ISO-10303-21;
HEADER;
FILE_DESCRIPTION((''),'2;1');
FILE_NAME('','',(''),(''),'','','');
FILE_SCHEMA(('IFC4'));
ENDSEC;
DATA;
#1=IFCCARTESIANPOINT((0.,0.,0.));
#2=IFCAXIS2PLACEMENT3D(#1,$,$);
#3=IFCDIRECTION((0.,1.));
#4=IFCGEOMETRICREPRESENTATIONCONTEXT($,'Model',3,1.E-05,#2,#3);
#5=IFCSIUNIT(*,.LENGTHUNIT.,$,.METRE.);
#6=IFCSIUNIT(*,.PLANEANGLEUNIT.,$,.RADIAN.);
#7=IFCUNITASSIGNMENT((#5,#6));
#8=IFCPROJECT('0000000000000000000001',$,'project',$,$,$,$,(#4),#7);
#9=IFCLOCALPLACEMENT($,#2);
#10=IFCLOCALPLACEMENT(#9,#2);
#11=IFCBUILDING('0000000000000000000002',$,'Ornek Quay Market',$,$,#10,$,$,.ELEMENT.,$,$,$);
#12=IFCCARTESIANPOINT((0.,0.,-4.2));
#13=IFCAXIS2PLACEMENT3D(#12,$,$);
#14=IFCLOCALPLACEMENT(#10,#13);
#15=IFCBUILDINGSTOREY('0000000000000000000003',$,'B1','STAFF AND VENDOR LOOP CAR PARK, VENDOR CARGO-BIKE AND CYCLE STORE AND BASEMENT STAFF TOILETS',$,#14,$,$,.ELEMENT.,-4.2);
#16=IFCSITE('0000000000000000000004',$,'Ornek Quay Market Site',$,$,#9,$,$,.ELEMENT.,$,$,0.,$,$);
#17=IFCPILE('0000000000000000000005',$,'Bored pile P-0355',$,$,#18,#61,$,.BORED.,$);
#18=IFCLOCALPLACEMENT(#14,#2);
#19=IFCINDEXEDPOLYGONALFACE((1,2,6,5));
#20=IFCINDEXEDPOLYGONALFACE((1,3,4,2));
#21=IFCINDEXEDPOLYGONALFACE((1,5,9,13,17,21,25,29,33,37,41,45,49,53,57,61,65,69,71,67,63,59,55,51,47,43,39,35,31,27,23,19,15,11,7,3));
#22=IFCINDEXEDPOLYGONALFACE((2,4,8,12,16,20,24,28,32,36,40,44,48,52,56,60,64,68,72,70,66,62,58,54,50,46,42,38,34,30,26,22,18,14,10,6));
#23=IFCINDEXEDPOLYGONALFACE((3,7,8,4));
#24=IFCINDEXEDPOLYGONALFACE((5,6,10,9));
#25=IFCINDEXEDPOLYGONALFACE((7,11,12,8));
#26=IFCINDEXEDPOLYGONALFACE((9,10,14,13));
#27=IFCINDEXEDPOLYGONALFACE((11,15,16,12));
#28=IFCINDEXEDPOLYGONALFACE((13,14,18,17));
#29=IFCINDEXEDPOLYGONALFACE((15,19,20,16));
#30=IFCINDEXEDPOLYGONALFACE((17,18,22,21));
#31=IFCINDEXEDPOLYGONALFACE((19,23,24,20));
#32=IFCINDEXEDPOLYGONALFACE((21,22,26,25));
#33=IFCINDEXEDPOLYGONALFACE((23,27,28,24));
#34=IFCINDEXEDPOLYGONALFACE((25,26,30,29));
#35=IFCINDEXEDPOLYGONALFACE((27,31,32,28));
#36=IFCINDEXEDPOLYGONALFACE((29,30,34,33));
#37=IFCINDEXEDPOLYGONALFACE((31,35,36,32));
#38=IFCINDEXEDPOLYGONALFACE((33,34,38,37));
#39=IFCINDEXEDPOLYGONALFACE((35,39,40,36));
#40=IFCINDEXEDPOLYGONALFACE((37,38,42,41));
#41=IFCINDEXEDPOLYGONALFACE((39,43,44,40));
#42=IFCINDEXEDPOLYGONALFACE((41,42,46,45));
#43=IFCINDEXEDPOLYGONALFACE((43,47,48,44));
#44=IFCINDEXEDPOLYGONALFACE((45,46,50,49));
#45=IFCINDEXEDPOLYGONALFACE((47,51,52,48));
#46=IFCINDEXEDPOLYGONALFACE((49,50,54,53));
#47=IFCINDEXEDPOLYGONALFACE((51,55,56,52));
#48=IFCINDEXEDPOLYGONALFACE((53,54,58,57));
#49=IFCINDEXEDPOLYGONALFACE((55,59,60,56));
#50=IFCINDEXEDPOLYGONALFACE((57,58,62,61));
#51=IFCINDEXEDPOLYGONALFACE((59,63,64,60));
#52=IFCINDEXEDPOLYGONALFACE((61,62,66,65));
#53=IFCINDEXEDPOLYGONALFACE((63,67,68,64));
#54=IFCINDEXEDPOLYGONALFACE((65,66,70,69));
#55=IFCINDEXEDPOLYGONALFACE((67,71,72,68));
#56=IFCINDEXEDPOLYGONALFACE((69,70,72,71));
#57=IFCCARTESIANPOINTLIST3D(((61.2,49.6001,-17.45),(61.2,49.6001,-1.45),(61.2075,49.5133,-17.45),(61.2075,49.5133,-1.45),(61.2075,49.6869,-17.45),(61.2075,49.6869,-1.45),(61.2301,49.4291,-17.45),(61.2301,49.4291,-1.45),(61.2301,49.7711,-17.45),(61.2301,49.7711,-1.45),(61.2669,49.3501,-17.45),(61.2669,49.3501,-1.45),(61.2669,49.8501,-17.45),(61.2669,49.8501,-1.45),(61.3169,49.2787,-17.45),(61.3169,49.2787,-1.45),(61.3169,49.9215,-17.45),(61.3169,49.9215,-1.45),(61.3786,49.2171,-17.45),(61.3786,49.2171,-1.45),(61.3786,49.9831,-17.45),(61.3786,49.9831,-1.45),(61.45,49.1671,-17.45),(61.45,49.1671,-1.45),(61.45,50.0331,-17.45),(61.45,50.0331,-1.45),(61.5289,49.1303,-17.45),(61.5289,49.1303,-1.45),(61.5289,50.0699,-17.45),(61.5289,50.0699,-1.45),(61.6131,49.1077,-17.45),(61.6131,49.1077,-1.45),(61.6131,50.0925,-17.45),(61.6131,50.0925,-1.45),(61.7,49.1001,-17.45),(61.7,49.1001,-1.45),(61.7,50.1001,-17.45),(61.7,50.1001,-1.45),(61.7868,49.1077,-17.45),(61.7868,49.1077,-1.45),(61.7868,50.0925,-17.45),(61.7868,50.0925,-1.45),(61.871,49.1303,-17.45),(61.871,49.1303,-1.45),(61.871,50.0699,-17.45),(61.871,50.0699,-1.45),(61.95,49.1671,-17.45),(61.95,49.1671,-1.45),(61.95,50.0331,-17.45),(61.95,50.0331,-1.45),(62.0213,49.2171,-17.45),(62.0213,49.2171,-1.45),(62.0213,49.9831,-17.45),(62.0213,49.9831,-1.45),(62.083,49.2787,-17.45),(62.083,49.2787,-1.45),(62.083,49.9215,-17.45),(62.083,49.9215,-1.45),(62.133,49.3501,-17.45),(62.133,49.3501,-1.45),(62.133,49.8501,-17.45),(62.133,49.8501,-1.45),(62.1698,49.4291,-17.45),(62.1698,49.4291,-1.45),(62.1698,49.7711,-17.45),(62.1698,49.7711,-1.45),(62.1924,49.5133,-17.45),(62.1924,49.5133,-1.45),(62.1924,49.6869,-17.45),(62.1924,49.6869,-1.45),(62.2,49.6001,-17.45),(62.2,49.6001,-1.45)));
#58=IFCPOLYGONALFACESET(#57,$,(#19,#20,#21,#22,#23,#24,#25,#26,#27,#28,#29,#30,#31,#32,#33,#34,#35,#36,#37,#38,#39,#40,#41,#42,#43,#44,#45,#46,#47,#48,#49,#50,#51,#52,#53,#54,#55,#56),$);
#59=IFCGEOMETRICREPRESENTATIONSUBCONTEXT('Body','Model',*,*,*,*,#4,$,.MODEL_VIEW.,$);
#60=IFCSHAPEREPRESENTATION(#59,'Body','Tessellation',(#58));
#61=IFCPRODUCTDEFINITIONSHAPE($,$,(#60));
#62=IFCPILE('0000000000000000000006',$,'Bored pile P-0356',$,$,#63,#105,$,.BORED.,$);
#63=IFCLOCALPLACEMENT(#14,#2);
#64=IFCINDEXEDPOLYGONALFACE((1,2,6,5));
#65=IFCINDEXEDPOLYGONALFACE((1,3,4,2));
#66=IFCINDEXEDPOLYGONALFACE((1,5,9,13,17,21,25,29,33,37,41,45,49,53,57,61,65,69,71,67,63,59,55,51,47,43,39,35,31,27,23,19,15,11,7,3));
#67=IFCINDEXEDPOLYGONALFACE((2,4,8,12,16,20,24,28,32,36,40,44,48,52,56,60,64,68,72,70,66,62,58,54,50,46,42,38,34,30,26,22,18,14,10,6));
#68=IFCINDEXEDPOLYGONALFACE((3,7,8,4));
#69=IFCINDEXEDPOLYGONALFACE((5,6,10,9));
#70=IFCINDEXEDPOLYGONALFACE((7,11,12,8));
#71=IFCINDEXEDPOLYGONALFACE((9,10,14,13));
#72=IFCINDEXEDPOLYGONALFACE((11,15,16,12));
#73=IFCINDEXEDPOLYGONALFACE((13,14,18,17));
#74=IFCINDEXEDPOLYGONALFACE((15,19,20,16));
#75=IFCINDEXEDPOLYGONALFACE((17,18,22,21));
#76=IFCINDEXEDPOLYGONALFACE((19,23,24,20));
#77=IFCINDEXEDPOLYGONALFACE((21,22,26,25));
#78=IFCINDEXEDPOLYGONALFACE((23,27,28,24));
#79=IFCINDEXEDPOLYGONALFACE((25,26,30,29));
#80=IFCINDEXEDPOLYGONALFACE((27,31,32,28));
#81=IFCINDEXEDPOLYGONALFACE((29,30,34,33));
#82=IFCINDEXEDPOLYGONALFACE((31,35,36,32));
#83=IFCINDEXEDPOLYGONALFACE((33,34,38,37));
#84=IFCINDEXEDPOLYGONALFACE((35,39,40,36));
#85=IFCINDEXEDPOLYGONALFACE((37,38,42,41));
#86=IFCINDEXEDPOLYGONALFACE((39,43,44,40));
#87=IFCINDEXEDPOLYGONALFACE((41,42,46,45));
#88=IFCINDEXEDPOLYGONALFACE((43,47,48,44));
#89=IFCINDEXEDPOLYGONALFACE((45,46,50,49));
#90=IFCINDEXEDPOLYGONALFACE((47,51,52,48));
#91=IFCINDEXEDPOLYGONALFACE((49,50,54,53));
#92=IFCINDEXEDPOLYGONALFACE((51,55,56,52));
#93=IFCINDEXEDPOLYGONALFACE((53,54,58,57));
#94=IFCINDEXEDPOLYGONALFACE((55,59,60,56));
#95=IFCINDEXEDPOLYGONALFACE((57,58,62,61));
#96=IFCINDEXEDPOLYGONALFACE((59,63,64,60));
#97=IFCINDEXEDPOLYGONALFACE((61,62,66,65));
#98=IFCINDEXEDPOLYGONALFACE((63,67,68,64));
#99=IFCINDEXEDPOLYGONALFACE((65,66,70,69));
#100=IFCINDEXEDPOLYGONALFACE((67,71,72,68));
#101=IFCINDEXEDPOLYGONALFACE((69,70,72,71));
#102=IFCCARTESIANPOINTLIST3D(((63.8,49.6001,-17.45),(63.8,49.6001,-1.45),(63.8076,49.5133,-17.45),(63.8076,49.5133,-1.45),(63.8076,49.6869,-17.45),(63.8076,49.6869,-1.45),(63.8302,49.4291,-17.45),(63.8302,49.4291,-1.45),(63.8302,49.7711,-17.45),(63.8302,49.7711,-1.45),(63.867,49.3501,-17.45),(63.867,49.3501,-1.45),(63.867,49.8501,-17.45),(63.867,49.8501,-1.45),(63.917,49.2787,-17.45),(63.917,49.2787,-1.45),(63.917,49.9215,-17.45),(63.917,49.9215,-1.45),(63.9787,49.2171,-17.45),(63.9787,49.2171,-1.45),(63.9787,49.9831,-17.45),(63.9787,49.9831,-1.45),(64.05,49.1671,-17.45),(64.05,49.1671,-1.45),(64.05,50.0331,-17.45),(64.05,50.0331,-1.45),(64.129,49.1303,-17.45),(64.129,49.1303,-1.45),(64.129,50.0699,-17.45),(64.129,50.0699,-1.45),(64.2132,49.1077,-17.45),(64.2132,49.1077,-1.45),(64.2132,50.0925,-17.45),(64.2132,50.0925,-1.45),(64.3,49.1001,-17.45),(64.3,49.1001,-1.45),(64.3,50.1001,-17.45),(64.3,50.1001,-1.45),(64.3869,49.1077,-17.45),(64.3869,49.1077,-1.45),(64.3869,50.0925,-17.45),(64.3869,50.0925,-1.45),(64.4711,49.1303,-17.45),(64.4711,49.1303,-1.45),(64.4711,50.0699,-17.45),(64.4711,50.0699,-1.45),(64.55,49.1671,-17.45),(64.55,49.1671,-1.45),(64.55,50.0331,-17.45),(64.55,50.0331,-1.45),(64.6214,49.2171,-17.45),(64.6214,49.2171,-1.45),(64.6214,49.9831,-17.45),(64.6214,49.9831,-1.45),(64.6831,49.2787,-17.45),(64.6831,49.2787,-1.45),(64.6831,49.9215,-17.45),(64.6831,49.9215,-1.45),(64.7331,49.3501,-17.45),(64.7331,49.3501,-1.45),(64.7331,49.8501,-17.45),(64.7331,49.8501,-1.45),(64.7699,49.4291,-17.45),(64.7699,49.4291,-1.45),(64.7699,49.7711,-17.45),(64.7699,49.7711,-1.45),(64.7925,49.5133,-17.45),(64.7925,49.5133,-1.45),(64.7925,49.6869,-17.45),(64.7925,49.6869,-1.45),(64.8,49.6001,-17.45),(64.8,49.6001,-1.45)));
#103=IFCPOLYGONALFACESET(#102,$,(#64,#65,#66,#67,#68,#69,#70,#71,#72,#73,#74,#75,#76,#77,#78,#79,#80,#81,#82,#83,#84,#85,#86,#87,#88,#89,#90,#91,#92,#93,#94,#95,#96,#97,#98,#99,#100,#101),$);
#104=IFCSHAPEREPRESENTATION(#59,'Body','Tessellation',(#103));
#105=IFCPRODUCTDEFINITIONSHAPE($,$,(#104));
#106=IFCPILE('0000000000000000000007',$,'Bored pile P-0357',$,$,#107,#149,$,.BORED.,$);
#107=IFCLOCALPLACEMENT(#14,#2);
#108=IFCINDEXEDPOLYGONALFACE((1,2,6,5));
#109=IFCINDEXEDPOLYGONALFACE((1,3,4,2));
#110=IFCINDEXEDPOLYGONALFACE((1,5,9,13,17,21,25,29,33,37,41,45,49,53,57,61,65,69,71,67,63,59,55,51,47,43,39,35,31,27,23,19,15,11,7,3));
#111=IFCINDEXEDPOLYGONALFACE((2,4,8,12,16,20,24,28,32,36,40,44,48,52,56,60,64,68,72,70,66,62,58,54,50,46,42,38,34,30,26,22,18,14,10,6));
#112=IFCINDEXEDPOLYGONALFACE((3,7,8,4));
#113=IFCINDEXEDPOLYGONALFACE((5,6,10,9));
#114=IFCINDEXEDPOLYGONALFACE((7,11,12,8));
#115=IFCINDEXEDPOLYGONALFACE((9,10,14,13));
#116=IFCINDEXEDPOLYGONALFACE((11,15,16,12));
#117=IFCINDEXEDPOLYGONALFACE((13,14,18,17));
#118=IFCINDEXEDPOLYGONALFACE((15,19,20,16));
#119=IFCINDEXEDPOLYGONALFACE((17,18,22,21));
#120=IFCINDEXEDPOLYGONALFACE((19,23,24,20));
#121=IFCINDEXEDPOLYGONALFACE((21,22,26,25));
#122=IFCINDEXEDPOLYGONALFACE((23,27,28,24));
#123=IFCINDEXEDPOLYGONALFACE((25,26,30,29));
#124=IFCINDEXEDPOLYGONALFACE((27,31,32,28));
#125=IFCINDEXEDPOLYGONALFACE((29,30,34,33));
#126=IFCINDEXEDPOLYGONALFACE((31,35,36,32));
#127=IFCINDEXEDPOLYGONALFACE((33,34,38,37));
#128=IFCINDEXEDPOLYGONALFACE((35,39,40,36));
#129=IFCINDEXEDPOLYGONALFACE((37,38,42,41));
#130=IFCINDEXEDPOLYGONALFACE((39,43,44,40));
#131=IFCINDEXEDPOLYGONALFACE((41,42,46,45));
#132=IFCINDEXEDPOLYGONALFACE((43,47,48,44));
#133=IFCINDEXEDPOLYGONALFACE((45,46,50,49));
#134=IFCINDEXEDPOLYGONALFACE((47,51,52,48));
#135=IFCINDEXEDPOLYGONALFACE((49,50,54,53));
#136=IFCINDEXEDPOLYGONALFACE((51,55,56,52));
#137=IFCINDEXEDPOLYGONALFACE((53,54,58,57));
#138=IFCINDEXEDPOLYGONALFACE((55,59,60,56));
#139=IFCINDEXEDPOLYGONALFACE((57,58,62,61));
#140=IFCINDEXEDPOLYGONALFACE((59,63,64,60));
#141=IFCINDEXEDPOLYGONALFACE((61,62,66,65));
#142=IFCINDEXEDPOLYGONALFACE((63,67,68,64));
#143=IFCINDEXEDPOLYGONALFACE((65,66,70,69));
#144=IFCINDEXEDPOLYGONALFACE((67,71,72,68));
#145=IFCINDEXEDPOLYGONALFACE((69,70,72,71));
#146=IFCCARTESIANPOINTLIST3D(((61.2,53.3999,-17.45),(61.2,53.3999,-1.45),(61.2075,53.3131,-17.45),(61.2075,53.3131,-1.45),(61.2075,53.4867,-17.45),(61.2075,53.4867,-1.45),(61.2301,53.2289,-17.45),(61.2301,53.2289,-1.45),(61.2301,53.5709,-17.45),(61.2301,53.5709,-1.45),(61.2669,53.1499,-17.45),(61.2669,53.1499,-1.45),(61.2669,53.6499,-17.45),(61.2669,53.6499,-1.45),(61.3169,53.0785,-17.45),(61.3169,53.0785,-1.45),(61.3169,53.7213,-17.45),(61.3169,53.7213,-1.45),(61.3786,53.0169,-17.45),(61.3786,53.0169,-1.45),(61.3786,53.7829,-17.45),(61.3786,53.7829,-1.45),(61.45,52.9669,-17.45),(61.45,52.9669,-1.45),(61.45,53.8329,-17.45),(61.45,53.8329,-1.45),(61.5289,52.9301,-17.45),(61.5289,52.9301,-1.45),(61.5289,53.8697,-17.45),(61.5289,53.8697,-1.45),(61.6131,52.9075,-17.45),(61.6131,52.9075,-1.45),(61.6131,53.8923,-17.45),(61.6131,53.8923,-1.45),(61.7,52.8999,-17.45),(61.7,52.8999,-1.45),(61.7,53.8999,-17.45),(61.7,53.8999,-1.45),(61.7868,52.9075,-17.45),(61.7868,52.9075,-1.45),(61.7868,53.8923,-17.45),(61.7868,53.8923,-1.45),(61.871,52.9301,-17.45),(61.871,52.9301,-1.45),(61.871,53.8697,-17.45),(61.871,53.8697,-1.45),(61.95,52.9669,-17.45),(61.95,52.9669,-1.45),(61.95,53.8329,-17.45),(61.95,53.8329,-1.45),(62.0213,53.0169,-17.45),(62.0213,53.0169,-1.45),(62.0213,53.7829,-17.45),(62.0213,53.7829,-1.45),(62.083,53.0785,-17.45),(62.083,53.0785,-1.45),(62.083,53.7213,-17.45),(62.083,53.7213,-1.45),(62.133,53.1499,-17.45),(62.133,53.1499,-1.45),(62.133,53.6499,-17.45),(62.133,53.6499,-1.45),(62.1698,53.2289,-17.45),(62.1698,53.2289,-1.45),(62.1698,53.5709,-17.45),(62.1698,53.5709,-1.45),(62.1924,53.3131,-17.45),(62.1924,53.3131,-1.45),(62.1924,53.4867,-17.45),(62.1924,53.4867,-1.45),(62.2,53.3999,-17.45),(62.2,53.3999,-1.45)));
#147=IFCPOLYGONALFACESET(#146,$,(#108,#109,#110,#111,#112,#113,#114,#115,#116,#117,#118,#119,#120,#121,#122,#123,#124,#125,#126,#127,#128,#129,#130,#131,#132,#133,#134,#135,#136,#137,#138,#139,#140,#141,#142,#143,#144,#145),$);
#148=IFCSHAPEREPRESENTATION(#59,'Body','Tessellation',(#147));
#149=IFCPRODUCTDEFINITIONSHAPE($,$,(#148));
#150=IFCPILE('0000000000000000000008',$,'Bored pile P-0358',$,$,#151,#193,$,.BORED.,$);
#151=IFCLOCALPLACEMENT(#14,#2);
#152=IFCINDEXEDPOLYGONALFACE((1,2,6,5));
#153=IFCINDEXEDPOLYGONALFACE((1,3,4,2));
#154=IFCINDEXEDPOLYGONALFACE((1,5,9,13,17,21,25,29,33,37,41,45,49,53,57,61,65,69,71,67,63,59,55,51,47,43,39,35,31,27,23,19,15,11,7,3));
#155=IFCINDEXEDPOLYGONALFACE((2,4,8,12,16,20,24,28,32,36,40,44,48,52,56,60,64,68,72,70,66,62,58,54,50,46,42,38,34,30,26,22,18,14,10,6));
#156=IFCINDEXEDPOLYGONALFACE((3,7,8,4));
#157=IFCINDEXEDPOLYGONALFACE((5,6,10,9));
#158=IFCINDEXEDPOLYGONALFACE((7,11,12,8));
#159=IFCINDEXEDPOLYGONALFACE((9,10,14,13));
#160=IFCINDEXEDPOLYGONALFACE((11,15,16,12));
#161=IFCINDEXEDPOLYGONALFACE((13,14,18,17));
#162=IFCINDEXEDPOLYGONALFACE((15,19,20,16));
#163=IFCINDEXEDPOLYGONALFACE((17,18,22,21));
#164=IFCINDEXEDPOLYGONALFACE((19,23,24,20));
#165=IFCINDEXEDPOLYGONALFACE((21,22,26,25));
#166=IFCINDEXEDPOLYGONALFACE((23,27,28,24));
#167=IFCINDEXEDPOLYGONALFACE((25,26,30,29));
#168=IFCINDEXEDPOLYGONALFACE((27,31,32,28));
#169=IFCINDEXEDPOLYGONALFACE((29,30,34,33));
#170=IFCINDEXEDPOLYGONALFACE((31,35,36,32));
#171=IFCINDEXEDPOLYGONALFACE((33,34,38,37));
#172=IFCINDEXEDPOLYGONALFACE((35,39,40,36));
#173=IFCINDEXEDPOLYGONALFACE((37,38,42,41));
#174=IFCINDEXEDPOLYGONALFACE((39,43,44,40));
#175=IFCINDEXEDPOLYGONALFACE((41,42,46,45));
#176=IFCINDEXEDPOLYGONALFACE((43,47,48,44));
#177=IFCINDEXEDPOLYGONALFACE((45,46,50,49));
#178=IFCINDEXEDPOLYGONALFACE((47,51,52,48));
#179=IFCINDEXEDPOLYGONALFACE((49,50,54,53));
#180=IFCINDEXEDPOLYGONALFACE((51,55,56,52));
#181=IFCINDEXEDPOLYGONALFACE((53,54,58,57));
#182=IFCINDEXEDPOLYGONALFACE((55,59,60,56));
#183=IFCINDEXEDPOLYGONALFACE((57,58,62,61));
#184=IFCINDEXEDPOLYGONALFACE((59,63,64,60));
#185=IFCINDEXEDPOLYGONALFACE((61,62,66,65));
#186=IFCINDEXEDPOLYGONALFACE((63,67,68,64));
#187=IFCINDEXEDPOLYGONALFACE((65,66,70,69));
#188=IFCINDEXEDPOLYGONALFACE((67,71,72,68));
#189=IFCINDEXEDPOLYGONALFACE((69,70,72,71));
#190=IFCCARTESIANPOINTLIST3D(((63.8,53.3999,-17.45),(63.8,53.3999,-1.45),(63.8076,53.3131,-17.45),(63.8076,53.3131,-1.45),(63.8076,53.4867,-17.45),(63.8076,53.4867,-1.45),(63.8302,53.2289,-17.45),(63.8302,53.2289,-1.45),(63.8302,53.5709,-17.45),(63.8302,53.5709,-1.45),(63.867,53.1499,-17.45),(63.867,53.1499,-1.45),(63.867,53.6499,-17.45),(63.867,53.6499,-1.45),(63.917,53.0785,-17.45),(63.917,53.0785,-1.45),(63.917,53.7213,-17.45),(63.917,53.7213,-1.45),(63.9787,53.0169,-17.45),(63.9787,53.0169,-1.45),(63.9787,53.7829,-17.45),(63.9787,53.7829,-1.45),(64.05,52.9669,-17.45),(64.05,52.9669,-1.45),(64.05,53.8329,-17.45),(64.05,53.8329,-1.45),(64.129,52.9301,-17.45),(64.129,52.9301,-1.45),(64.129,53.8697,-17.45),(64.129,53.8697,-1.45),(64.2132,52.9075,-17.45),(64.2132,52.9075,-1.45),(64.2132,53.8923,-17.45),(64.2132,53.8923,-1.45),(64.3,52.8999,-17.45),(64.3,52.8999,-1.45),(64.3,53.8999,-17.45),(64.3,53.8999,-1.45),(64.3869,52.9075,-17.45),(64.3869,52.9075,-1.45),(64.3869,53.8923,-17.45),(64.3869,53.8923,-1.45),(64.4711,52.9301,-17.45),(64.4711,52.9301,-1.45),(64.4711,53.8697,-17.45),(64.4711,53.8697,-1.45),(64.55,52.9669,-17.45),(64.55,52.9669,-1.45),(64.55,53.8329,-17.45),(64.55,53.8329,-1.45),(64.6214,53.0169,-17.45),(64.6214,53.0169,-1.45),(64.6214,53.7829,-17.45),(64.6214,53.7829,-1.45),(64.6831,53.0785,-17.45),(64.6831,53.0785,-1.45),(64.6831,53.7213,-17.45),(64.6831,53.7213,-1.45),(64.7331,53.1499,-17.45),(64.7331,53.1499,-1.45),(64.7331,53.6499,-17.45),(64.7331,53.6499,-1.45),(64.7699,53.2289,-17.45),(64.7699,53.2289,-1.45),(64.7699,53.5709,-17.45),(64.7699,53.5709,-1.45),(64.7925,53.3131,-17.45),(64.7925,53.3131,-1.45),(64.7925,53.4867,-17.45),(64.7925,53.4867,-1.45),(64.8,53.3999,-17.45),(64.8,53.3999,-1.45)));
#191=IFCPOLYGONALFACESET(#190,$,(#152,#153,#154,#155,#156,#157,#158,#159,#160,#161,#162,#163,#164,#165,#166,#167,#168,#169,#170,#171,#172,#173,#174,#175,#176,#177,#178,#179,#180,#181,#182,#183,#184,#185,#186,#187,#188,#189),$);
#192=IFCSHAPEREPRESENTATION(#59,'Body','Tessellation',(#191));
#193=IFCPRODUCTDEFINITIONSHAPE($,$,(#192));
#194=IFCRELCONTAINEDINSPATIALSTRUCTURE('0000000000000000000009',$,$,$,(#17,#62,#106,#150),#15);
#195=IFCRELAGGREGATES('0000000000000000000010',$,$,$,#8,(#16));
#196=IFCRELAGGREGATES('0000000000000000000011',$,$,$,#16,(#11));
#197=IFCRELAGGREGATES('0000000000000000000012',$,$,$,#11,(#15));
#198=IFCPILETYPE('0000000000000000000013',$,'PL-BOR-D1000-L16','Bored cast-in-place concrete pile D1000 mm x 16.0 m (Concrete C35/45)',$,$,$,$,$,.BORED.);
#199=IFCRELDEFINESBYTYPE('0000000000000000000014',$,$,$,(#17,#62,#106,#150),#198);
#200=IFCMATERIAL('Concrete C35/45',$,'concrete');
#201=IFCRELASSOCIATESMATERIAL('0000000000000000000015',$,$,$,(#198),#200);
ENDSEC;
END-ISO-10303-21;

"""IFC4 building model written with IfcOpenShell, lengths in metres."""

from ifc_helpers import new_model, si_unit, direction, frame, origin, origin_2d, place, context, subcontext, project, spatial, circle, extrude, material, material_profile, profile_set, type_object, element, save


model = new_model("IFC4")

# Units and contexts
model_context = context("Model", 3, precision=1e-05, world=origin(), true_north=direction((0.0, 1.0)))
body_context = subcontext(model_context, "Body", "Model", "MODEL_VIEW")
ifc_project = project(units=[si_unit("LENGTHUNIT", "METRE"), si_unit("PLANEANGLEUNIT", "RADIAN")], contexts=[model_context])

# Site, building, storey
site_placement = place(None, origin())
site = spatial("IfcSite", under=ifc_project, at=site_placement, Name="Ornek Quay Market Site", CompositionType="ELEMENT", RefElevation=0.0)
building_placement = place(site_placement, origin())
building = spatial("IfcBuilding", under=site, at=building_placement, Name="Ornek Quay Market", CompositionType="ELEMENT")
storey_placement = place(building_placement, frame((0.0, 0.0, -4.2)))
storey = spatial("IfcBuildingStorey", under=building, at=storey_placement, Name="B1", Description="STAFF AND VENDOR LOOP CAR PARK, VENDOR CARGO-BIKE AND CYCLE STORE AND BASEMENT STAFF TOILETS", CompositionType="ELEMENT", Elevation=-4.2)

# Piles
ifc_material_1 = material(Name="Concrete C35/45", Category="concrete")
ifc_material_profile_1 = material_profile(ifc_material_1, circle(Radius=0.5, at=origin_2d()), Name="PILE D1000", Category="concrete")
ifc_profile_set_1 = profile_set([ifc_material_profile_1], Name="Concrete C35/45")
pile_type_1 = type_object("IfcPileType", Name="PL-BOR-D1000-L16", Description="Bored cast-in-place concrete pile D1000 mm x 16.0 m (Concrete C35/45)", PredefinedType="BORED", material=ifc_profile_set_1)
for number, where, z_axis, x_axis, name in (
    (1, (61.7, 49.6001, -1.45), (0.0, 0.0, -1.0), (1.0, 0.0, 0.0), "Bored pile P-0355"),
    (2, (64.3, 49.6001, -1.45), (0.0, 0.0, -1.0), (1.0, 0.0, 0.0), "Bored pile P-0356"),
    (3, (61.7, 53.3999, -1.45), (0.0, 0.0, -1.0), (1.0, 0.0, 0.0), "Bored pile P-0357"),
    (4, (64.3, 53.3999, -1.45), (0.0, 0.0, -1.0), (1.0, 0.0, 0.0), "Bored pile P-0358"),
):
    element("IfcPile", number, at=place(storey_placement, frame(where, z_axis=z_axis, x_axis=x_axis)), inside=storey, type_object=pile_type_1, Name=name, PredefinedType="BORED", context=body_context, shape_type="SweptSolid", body=[
        extrude(circle(Radius=0.5, at=origin_2d()), origin(), (0.0, 0.0, 1.0), 16.0),
    ])

save(model, "model.ifc")
